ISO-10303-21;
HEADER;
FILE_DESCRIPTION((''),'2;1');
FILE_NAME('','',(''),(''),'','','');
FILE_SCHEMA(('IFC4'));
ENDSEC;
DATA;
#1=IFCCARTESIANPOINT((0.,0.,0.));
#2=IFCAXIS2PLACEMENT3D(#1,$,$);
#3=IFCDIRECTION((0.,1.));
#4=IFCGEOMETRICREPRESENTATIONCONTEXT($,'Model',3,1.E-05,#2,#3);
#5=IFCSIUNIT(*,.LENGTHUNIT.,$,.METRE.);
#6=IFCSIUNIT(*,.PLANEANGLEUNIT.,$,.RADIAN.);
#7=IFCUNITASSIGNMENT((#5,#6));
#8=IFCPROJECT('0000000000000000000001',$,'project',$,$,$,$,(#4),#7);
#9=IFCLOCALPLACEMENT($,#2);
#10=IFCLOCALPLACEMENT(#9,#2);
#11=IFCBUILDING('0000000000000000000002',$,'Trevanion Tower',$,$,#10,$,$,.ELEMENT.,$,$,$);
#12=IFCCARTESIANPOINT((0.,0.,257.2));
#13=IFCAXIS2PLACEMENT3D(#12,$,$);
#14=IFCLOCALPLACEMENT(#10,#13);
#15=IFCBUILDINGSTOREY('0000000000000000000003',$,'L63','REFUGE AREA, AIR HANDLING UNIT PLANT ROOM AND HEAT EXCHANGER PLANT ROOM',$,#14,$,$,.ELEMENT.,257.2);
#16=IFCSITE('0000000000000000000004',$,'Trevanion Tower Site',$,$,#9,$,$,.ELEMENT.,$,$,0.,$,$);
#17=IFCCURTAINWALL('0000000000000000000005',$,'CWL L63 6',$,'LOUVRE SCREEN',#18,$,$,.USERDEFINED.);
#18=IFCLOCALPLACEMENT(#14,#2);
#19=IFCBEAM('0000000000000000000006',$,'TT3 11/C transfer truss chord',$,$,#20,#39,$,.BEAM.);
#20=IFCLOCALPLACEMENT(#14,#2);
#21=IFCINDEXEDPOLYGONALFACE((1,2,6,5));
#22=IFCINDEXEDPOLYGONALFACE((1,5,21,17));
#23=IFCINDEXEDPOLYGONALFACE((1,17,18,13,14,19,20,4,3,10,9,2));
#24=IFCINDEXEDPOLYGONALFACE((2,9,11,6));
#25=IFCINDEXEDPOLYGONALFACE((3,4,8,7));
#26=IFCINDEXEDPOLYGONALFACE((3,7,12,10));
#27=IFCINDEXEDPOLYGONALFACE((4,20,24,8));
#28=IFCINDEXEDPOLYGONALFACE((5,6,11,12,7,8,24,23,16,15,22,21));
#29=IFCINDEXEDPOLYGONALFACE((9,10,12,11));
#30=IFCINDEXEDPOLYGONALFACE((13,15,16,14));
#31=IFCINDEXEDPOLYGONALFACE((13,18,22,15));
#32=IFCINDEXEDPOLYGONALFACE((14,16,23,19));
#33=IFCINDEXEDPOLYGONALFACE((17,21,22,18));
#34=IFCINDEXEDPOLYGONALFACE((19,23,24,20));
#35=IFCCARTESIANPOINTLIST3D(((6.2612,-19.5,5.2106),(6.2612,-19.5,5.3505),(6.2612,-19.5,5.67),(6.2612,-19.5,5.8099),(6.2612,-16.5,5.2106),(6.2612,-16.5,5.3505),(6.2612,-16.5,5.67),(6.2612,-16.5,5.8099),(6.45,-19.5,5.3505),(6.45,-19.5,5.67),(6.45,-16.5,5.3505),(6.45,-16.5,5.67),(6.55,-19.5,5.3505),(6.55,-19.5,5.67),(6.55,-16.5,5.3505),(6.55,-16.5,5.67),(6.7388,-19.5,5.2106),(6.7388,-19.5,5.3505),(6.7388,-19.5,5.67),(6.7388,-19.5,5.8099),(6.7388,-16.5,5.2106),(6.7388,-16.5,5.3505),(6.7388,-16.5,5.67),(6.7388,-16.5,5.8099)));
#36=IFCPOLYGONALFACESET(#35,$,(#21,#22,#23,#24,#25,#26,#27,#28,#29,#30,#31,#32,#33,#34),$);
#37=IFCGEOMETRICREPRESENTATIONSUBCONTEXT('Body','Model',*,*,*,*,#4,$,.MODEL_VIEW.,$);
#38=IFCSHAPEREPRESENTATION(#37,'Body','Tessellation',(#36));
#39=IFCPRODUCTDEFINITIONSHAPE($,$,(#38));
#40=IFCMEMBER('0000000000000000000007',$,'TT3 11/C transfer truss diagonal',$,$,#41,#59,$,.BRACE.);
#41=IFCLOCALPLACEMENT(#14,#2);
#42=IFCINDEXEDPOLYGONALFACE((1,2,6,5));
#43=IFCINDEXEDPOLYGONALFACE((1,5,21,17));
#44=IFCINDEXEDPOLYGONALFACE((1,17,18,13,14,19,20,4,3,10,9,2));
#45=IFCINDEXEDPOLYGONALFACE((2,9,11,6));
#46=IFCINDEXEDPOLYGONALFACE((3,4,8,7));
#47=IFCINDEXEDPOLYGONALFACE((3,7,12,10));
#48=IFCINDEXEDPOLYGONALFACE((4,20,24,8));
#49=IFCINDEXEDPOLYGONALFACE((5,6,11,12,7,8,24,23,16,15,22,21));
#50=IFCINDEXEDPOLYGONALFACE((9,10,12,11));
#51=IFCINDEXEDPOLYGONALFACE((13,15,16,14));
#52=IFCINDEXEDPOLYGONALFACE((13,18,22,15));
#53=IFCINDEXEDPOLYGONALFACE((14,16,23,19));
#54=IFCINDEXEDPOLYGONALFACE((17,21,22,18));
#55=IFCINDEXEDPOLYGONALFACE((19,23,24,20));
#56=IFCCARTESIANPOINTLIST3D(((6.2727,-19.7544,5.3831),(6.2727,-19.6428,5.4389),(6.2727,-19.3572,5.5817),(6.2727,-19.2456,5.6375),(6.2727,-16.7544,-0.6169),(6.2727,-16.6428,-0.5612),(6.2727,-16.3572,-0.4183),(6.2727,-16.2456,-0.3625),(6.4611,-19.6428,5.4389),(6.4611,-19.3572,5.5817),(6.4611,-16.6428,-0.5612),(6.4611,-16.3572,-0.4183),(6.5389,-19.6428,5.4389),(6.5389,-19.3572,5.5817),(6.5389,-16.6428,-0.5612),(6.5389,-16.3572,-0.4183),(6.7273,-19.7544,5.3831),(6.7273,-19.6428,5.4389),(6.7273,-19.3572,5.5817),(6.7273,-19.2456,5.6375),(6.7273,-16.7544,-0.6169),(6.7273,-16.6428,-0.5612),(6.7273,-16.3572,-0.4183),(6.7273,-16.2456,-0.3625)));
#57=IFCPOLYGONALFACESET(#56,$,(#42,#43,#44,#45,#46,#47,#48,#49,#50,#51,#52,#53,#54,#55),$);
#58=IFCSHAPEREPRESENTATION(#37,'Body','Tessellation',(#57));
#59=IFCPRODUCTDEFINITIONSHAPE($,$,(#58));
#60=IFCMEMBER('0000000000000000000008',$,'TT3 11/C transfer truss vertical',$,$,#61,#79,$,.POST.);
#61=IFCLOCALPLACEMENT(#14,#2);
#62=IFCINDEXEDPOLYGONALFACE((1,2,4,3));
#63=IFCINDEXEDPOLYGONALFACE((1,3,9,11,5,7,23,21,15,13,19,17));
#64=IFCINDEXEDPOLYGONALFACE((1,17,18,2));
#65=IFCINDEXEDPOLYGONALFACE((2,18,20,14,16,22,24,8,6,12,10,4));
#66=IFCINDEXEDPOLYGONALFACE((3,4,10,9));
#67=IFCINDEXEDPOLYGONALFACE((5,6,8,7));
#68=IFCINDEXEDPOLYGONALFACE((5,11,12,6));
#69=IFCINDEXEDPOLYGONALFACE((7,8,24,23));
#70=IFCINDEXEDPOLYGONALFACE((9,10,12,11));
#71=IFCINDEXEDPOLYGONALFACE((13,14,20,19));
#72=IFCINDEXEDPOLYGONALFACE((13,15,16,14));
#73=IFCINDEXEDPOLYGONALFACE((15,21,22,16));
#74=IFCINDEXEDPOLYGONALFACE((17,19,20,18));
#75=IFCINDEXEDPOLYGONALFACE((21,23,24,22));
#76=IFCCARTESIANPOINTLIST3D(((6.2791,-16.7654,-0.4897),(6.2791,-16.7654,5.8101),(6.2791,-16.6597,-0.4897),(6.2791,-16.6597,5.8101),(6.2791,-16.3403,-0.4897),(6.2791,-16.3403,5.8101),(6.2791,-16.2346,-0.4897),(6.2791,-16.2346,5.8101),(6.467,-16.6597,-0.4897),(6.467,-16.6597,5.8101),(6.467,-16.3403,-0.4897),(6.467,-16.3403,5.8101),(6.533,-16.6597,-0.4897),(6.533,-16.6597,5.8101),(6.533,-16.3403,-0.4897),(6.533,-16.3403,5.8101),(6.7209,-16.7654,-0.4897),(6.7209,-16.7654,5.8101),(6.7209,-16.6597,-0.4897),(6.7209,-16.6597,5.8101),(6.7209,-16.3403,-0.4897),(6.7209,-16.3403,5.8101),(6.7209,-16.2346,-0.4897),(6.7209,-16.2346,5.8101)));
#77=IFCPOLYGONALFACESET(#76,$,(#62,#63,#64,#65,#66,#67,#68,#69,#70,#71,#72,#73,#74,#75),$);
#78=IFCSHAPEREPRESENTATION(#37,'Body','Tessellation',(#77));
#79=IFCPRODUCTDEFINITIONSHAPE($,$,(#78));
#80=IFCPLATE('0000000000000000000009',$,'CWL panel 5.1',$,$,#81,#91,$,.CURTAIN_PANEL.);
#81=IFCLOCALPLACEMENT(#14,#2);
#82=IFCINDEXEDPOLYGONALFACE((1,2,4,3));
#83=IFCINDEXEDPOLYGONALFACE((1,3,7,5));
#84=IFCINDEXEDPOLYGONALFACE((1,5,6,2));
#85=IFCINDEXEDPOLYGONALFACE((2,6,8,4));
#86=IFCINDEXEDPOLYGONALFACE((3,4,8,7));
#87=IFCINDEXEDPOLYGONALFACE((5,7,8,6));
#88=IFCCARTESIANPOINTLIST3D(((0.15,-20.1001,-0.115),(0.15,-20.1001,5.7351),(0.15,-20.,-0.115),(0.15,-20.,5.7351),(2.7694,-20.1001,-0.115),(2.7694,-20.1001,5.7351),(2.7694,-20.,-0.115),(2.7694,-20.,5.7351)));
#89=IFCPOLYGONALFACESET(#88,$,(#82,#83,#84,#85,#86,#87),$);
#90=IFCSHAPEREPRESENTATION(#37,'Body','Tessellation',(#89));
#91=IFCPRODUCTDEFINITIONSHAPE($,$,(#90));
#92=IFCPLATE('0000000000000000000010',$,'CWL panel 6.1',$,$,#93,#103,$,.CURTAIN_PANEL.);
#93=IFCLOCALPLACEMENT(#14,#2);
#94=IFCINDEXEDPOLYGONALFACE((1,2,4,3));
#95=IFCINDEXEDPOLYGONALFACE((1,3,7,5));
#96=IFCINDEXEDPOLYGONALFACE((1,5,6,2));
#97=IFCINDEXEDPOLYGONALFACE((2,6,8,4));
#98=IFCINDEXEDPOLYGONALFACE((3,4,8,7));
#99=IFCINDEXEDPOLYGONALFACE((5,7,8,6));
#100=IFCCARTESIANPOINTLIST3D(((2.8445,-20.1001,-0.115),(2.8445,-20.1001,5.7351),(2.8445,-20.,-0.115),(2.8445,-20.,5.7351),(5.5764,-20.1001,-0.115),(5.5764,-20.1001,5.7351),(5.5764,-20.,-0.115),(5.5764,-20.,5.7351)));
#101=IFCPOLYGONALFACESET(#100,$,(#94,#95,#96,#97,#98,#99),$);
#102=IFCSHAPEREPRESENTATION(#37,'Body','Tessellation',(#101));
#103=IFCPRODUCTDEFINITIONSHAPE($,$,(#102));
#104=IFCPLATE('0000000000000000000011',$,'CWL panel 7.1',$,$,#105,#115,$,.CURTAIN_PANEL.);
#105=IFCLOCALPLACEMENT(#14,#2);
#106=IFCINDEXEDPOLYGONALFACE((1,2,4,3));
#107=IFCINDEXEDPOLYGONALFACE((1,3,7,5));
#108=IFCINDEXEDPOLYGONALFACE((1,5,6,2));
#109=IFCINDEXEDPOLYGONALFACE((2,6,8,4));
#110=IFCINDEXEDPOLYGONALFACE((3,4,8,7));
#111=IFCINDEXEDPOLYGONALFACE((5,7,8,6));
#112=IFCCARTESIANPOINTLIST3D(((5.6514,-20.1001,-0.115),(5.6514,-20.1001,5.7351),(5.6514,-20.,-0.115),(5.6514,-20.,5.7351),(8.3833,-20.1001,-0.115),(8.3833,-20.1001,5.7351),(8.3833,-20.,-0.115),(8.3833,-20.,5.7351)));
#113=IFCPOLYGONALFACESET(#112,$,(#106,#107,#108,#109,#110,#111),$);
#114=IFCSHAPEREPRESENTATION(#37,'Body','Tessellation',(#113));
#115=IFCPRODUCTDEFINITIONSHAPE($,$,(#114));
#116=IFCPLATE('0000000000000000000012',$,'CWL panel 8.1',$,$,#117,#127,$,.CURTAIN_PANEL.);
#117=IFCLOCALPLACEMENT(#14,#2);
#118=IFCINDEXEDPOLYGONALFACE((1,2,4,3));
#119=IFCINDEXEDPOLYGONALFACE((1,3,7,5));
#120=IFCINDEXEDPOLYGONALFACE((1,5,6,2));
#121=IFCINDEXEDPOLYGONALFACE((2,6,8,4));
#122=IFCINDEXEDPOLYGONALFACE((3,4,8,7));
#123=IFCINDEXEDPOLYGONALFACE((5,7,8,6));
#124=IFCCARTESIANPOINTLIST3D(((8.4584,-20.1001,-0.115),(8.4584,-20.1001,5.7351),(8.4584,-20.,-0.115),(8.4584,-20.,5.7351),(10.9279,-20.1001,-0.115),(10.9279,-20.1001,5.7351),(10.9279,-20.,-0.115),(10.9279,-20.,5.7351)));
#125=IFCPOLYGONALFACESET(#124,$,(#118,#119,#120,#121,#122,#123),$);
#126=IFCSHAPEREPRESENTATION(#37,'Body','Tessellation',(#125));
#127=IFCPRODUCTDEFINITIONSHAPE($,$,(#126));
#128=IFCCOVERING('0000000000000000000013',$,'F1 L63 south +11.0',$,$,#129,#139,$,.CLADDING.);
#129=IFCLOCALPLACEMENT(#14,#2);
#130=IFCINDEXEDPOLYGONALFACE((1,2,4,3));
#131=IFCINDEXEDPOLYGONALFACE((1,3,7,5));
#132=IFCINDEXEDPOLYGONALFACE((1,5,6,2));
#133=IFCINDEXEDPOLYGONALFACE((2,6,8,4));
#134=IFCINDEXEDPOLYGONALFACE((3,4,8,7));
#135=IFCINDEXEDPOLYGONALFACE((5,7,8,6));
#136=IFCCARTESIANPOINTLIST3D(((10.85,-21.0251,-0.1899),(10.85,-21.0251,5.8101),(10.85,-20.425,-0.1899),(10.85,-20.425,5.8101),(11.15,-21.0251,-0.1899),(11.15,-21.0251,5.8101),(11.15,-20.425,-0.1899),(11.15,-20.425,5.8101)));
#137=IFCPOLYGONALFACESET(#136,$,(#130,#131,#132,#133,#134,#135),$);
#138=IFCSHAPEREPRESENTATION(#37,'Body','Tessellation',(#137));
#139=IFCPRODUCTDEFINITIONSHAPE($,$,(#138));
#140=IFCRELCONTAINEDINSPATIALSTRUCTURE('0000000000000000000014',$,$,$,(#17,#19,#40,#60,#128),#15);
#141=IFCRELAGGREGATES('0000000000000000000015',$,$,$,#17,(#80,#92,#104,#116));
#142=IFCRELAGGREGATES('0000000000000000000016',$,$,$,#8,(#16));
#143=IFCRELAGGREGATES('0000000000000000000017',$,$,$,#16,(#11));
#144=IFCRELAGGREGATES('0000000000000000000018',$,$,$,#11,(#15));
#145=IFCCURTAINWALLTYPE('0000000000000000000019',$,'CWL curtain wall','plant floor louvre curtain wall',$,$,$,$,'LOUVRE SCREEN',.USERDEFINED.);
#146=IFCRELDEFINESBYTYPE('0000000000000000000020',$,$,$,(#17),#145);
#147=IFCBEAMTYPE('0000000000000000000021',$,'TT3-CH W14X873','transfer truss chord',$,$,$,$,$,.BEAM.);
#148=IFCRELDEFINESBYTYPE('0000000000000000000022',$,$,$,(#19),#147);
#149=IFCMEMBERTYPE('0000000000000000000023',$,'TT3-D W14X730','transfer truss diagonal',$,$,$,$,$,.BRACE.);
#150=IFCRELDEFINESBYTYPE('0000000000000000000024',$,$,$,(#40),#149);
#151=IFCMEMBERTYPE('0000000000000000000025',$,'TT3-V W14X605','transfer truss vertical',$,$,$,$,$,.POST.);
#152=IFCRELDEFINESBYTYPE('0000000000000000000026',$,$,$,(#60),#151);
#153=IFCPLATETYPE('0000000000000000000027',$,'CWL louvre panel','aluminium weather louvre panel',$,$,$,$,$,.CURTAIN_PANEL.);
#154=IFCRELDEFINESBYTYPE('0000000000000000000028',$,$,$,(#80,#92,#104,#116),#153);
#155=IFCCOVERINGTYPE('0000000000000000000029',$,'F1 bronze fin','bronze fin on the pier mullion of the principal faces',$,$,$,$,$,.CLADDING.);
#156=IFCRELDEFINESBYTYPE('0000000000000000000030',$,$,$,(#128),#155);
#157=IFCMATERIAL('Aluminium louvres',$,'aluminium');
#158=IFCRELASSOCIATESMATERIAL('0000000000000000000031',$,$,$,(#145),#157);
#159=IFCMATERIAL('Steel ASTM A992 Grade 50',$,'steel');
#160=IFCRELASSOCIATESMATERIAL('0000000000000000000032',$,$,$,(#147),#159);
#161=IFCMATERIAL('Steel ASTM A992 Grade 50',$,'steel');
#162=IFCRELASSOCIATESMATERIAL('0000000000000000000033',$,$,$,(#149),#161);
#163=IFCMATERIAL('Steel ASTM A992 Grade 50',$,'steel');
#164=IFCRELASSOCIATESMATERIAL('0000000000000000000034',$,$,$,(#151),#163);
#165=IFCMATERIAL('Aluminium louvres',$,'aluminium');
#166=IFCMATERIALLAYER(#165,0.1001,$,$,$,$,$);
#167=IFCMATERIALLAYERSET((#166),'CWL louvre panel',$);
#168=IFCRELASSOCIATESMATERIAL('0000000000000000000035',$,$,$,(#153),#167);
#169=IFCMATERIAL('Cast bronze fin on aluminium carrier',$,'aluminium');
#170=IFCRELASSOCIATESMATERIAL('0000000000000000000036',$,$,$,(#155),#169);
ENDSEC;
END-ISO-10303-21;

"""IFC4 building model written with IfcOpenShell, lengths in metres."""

from ifc_helpers import new_model, si_unit, direction, frame, origin, origin_2d, place, context, subcontext, project, spatial, rectangle, i_section, extrude, material, layer, layer_set, material_profile, profile_set, type_object, element, aggregate, save


model = new_model("IFC4")

# Units and contexts
model_context = context("Model", 3, precision=1e-05, world=origin(), true_north=direction((0.0, 1.0)))
body_context = subcontext(model_context, "Body", "Model", "MODEL_VIEW")
ifc_project = project(units=[si_unit("LENGTHUNIT", "METRE"), si_unit("PLANEANGLEUNIT", "RADIAN")], contexts=[model_context])

# Site, building, storey
site_placement = place(None, origin())
site = spatial("IfcSite", under=ifc_project, at=site_placement, Name="Trevanion Tower Site", CompositionType="ELEMENT", RefElevation=0.0)
building_placement = place(site_placement, origin())
building = spatial("IfcBuilding", under=site, at=building_placement, Name="Trevanion Tower", CompositionType="ELEMENT")
storey_placement = place(building_placement, frame((0.0, 0.0, 257.2)))
storey = spatial("IfcBuildingStorey", under=building, at=storey_placement, Name="L63", Description="REFUGE AREA, AIR HANDLING UNIT PLANT ROOM AND HEAT EXCHANGER PLANT ROOM", CompositionType="ELEMENT", Elevation=257.2)

# Curtain wall
ifc_material_1 = material(Name="Aluminium louvres", Category="aluminium")
curtain_wall_type = type_object("IfcCurtainWallType", Name="CWL curtain wall", Description="plant floor louvre curtain wall", ElementType="LOUVRE SCREEN", PredefinedType="USERDEFINED", material=ifc_material_1)
curtain_wall_placement = place(storey_placement, origin())
curtain_wall = element("IfcCurtainWall", 1, at=curtain_wall_placement, inside=storey, type_object=curtain_wall_type, Name="CWL L63 6", ObjectType="LOUVRE SCREEN", PredefinedType="USERDEFINED")

# Beam
ifc_material_2 = material(Name="Steel ASTM A992 Grade 50", Category="steel")
ifc_material_profile_1 = material_profile(ifc_material_2, i_section(OverallWidth=0.4775, OverallDepth=0.5994, WebThickness=0.1001, FlangeThickness=0.1399, at=origin_2d()), Name="W14X873")
ifc_profile_set_1 = profile_set([ifc_material_profile_1], Name="Steel ASTM A992 Grade 50")
beam_type_1 = type_object("IfcBeamType", Name="TT3-CH W14X873", Description="transfer truss chord", PredefinedType="BEAM", material=ifc_profile_set_1)
beam_1_placement = place(storey_placement, frame((6.5, -16.5, 5.5103), z_axis=(0.0, -1.0, 0.0), x_axis=(1.0, 0.0, 0.0)))
element("IfcBeam", 2, at=beam_1_placement, inside=storey, type_object=beam_type_1, Name="TT3 11/C transfer truss chord", PredefinedType="BEAM", context=body_context, shape_type="SweptSolid", body=[
    extrude(i_section(OverallWidth=0.4775, OverallDepth=0.5994, WebThickness=0.1001, FlangeThickness=0.1399, at=origin_2d()), origin(), (0.0, 0.0, 1.0), 3.0),
])

# Members
ifc_material_3 = material(Name="Steel ASTM A992 Grade 50", Category="steel")
ifc_material_profile_2 = material_profile(ifc_material_3, i_section(OverallWidth=0.4546, OverallDepth=0.5688, WebThickness=0.0779, FlangeThickness=0.1248, at=origin_2d()), Name="W14X730")
ifc_profile_set_2 = profile_set([ifc_material_profile_2], Name="Steel ASTM A992 Grade 50")
member_type_1 = type_object("IfcMemberType", Name="TT3-D W14X730", Description="transfer truss diagonal", PredefinedType="BRACE", material=ifc_profile_set_2)
member_1_placement = place(storey_placement, frame((6.5, -16.5, -0.4897), z_axis=(0.0, -0.447214, 0.894427), x_axis=(1.0, 0.0, 0.0)))
element("IfcMember", 3, at=member_1_placement, inside=storey, type_object=member_type_1, Name="TT3 11/C transfer truss diagonal", PredefinedType="BRACE", context=body_context, shape_type="SweptSolid", body=[
    extrude(i_section(OverallWidth=0.4546, OverallDepth=0.5688, WebThickness=0.0779, FlangeThickness=0.1248, at=origin_2d()), origin(), (0.0, 0.0, 1.0), 6.7083),
])
ifc_material_4 = material(Name="Steel ASTM A992 Grade 50", Category="steel")
ifc_material_profile_3 = material_profile(ifc_material_4, i_section(OverallWidth=0.4419, OverallDepth=0.5308, WebThickness=0.0659, FlangeThickness=0.1057, at=origin_2d()), Name="W14X605")
ifc_profile_set_3 = profile_set([ifc_material_profile_3], Name="Steel ASTM A992 Grade 50")
member_type_2 = type_object("IfcMemberType", Name="TT3-V W14X605", Description="transfer truss vertical", PredefinedType="POST", material=ifc_profile_set_3)
member_2_placement = place(storey_placement, frame((6.5, -16.5, -0.4897), z_axis=(0.0, 0.0, 1.0), x_axis=(1.0, 0.0, 0.0)))
element("IfcMember", 4, at=member_2_placement, inside=storey, type_object=member_type_2, Name="TT3 11/C transfer truss vertical", PredefinedType="POST", context=body_context, shape_type="SweptSolid", body=[
    extrude(i_section(OverallWidth=0.4419, OverallDepth=0.5308, WebThickness=0.0659, FlangeThickness=0.1057, at=origin_2d()), origin(), (0.0, 0.0, 1.0), 6.2998),
])

# Plates
ifc_material_5 = material(Name="Aluminium louvres", Category="aluminium")
ifc_layer = layer(ifc_material_5, 0.1001)
ifc_layer_set = layer_set([ifc_layer], Name="CWL louvre panel")
plate_type = type_object("IfcPlateType", Name="CWL louvre panel", Description="aluminium weather louvre panel", PredefinedType="CURTAIN_PANEL", material=ifc_layer_set)
plate_1_placement = place(storey_placement, frame((1.4597, -20.05, -0.115), z_axis=(0.0, 0.0, 1.0), x_axis=(1.0, 0.0, 0.0)))
plate_1 = element("IfcPlate", 5, at=plate_1_placement, type_object=plate_type, Name="CWL panel 5.1", PredefinedType="CURTAIN_PANEL", context=body_context, shape_type="SweptSolid", body=[
    extrude(rectangle(XDim=2.6194, YDim=0.1001, at=origin_2d()), origin(), (0.0, 0.0, 1.0), 5.8501),
])
plate_2_placement = place(storey_placement, frame((4.2104, -20.05, -0.115), z_axis=(0.0, 0.0, 1.0), x_axis=(1.0, 0.0, 0.0)))
plate_2 = element("IfcPlate", 6, at=plate_2_placement, type_object=plate_type, Name="CWL panel 6.1", PredefinedType="CURTAIN_PANEL", context=body_context, shape_type="SweptSolid", body=[
    extrude(rectangle(XDim=2.7319, YDim=0.1001, at=origin_2d()), origin(), (0.0, 0.0, 1.0), 5.8501),
])
plate_3_placement = place(storey_placement, frame((7.0173, -20.05, -0.115), z_axis=(0.0, 0.0, 1.0), x_axis=(1.0, 0.0, 0.0)))
plate_3 = element("IfcPlate", 7, at=plate_3_placement, type_object=plate_type, Name="CWL panel 7.1", PredefinedType="CURTAIN_PANEL", context=body_context, shape_type="SweptSolid", body=[
    extrude(rectangle(XDim=2.7319, YDim=0.1001, at=origin_2d()), origin(), (0.0, 0.0, 1.0), 5.8501),
])
plate_4_placement = place(storey_placement, frame((9.6931, -20.05, -0.115), z_axis=(0.0, 0.0, 1.0), x_axis=(1.0, 0.0, 0.0)))
plate_4 = element("IfcPlate", 8, at=plate_4_placement, type_object=plate_type, Name="CWL panel 8.1", PredefinedType="CURTAIN_PANEL", context=body_context, shape_type="SweptSolid", body=[
    extrude(rectangle(XDim=2.4695, YDim=0.1001, at=origin_2d()), origin(), (0.0, 0.0, 1.0), 5.8501),
])
aggregate(curtain_wall, [plate_1, plate_2, plate_3, plate_4])

# Covering
ifc_material_6 = material(Name="Cast bronze fin on aluminium carrier", Category="aluminium")
covering_type = type_object("IfcCoveringType", Name="F1 bronze fin", Description="bronze fin on the pier mullion of the principal faces", PredefinedType="CLADDING", material=ifc_material_6)
covering_placement = place(storey_placement, frame((11.0, -20.7251, -0.1899), z_axis=(0.0, 0.0, 1.0), x_axis=(1.0, 0.0, 0.0)))
element("IfcCovering", 9, at=covering_placement, inside=storey, type_object=covering_type, Name="F1 L63 south +11.0", PredefinedType="CLADDING", context=body_context, shape_type="SweptSolid", body=[
    extrude(rectangle(XDim=0.3, YDim=0.6001, at=origin_2d()), origin(), (0.0, 0.0, 1.0), 6.0),
])

save(model, "model.ifc")
